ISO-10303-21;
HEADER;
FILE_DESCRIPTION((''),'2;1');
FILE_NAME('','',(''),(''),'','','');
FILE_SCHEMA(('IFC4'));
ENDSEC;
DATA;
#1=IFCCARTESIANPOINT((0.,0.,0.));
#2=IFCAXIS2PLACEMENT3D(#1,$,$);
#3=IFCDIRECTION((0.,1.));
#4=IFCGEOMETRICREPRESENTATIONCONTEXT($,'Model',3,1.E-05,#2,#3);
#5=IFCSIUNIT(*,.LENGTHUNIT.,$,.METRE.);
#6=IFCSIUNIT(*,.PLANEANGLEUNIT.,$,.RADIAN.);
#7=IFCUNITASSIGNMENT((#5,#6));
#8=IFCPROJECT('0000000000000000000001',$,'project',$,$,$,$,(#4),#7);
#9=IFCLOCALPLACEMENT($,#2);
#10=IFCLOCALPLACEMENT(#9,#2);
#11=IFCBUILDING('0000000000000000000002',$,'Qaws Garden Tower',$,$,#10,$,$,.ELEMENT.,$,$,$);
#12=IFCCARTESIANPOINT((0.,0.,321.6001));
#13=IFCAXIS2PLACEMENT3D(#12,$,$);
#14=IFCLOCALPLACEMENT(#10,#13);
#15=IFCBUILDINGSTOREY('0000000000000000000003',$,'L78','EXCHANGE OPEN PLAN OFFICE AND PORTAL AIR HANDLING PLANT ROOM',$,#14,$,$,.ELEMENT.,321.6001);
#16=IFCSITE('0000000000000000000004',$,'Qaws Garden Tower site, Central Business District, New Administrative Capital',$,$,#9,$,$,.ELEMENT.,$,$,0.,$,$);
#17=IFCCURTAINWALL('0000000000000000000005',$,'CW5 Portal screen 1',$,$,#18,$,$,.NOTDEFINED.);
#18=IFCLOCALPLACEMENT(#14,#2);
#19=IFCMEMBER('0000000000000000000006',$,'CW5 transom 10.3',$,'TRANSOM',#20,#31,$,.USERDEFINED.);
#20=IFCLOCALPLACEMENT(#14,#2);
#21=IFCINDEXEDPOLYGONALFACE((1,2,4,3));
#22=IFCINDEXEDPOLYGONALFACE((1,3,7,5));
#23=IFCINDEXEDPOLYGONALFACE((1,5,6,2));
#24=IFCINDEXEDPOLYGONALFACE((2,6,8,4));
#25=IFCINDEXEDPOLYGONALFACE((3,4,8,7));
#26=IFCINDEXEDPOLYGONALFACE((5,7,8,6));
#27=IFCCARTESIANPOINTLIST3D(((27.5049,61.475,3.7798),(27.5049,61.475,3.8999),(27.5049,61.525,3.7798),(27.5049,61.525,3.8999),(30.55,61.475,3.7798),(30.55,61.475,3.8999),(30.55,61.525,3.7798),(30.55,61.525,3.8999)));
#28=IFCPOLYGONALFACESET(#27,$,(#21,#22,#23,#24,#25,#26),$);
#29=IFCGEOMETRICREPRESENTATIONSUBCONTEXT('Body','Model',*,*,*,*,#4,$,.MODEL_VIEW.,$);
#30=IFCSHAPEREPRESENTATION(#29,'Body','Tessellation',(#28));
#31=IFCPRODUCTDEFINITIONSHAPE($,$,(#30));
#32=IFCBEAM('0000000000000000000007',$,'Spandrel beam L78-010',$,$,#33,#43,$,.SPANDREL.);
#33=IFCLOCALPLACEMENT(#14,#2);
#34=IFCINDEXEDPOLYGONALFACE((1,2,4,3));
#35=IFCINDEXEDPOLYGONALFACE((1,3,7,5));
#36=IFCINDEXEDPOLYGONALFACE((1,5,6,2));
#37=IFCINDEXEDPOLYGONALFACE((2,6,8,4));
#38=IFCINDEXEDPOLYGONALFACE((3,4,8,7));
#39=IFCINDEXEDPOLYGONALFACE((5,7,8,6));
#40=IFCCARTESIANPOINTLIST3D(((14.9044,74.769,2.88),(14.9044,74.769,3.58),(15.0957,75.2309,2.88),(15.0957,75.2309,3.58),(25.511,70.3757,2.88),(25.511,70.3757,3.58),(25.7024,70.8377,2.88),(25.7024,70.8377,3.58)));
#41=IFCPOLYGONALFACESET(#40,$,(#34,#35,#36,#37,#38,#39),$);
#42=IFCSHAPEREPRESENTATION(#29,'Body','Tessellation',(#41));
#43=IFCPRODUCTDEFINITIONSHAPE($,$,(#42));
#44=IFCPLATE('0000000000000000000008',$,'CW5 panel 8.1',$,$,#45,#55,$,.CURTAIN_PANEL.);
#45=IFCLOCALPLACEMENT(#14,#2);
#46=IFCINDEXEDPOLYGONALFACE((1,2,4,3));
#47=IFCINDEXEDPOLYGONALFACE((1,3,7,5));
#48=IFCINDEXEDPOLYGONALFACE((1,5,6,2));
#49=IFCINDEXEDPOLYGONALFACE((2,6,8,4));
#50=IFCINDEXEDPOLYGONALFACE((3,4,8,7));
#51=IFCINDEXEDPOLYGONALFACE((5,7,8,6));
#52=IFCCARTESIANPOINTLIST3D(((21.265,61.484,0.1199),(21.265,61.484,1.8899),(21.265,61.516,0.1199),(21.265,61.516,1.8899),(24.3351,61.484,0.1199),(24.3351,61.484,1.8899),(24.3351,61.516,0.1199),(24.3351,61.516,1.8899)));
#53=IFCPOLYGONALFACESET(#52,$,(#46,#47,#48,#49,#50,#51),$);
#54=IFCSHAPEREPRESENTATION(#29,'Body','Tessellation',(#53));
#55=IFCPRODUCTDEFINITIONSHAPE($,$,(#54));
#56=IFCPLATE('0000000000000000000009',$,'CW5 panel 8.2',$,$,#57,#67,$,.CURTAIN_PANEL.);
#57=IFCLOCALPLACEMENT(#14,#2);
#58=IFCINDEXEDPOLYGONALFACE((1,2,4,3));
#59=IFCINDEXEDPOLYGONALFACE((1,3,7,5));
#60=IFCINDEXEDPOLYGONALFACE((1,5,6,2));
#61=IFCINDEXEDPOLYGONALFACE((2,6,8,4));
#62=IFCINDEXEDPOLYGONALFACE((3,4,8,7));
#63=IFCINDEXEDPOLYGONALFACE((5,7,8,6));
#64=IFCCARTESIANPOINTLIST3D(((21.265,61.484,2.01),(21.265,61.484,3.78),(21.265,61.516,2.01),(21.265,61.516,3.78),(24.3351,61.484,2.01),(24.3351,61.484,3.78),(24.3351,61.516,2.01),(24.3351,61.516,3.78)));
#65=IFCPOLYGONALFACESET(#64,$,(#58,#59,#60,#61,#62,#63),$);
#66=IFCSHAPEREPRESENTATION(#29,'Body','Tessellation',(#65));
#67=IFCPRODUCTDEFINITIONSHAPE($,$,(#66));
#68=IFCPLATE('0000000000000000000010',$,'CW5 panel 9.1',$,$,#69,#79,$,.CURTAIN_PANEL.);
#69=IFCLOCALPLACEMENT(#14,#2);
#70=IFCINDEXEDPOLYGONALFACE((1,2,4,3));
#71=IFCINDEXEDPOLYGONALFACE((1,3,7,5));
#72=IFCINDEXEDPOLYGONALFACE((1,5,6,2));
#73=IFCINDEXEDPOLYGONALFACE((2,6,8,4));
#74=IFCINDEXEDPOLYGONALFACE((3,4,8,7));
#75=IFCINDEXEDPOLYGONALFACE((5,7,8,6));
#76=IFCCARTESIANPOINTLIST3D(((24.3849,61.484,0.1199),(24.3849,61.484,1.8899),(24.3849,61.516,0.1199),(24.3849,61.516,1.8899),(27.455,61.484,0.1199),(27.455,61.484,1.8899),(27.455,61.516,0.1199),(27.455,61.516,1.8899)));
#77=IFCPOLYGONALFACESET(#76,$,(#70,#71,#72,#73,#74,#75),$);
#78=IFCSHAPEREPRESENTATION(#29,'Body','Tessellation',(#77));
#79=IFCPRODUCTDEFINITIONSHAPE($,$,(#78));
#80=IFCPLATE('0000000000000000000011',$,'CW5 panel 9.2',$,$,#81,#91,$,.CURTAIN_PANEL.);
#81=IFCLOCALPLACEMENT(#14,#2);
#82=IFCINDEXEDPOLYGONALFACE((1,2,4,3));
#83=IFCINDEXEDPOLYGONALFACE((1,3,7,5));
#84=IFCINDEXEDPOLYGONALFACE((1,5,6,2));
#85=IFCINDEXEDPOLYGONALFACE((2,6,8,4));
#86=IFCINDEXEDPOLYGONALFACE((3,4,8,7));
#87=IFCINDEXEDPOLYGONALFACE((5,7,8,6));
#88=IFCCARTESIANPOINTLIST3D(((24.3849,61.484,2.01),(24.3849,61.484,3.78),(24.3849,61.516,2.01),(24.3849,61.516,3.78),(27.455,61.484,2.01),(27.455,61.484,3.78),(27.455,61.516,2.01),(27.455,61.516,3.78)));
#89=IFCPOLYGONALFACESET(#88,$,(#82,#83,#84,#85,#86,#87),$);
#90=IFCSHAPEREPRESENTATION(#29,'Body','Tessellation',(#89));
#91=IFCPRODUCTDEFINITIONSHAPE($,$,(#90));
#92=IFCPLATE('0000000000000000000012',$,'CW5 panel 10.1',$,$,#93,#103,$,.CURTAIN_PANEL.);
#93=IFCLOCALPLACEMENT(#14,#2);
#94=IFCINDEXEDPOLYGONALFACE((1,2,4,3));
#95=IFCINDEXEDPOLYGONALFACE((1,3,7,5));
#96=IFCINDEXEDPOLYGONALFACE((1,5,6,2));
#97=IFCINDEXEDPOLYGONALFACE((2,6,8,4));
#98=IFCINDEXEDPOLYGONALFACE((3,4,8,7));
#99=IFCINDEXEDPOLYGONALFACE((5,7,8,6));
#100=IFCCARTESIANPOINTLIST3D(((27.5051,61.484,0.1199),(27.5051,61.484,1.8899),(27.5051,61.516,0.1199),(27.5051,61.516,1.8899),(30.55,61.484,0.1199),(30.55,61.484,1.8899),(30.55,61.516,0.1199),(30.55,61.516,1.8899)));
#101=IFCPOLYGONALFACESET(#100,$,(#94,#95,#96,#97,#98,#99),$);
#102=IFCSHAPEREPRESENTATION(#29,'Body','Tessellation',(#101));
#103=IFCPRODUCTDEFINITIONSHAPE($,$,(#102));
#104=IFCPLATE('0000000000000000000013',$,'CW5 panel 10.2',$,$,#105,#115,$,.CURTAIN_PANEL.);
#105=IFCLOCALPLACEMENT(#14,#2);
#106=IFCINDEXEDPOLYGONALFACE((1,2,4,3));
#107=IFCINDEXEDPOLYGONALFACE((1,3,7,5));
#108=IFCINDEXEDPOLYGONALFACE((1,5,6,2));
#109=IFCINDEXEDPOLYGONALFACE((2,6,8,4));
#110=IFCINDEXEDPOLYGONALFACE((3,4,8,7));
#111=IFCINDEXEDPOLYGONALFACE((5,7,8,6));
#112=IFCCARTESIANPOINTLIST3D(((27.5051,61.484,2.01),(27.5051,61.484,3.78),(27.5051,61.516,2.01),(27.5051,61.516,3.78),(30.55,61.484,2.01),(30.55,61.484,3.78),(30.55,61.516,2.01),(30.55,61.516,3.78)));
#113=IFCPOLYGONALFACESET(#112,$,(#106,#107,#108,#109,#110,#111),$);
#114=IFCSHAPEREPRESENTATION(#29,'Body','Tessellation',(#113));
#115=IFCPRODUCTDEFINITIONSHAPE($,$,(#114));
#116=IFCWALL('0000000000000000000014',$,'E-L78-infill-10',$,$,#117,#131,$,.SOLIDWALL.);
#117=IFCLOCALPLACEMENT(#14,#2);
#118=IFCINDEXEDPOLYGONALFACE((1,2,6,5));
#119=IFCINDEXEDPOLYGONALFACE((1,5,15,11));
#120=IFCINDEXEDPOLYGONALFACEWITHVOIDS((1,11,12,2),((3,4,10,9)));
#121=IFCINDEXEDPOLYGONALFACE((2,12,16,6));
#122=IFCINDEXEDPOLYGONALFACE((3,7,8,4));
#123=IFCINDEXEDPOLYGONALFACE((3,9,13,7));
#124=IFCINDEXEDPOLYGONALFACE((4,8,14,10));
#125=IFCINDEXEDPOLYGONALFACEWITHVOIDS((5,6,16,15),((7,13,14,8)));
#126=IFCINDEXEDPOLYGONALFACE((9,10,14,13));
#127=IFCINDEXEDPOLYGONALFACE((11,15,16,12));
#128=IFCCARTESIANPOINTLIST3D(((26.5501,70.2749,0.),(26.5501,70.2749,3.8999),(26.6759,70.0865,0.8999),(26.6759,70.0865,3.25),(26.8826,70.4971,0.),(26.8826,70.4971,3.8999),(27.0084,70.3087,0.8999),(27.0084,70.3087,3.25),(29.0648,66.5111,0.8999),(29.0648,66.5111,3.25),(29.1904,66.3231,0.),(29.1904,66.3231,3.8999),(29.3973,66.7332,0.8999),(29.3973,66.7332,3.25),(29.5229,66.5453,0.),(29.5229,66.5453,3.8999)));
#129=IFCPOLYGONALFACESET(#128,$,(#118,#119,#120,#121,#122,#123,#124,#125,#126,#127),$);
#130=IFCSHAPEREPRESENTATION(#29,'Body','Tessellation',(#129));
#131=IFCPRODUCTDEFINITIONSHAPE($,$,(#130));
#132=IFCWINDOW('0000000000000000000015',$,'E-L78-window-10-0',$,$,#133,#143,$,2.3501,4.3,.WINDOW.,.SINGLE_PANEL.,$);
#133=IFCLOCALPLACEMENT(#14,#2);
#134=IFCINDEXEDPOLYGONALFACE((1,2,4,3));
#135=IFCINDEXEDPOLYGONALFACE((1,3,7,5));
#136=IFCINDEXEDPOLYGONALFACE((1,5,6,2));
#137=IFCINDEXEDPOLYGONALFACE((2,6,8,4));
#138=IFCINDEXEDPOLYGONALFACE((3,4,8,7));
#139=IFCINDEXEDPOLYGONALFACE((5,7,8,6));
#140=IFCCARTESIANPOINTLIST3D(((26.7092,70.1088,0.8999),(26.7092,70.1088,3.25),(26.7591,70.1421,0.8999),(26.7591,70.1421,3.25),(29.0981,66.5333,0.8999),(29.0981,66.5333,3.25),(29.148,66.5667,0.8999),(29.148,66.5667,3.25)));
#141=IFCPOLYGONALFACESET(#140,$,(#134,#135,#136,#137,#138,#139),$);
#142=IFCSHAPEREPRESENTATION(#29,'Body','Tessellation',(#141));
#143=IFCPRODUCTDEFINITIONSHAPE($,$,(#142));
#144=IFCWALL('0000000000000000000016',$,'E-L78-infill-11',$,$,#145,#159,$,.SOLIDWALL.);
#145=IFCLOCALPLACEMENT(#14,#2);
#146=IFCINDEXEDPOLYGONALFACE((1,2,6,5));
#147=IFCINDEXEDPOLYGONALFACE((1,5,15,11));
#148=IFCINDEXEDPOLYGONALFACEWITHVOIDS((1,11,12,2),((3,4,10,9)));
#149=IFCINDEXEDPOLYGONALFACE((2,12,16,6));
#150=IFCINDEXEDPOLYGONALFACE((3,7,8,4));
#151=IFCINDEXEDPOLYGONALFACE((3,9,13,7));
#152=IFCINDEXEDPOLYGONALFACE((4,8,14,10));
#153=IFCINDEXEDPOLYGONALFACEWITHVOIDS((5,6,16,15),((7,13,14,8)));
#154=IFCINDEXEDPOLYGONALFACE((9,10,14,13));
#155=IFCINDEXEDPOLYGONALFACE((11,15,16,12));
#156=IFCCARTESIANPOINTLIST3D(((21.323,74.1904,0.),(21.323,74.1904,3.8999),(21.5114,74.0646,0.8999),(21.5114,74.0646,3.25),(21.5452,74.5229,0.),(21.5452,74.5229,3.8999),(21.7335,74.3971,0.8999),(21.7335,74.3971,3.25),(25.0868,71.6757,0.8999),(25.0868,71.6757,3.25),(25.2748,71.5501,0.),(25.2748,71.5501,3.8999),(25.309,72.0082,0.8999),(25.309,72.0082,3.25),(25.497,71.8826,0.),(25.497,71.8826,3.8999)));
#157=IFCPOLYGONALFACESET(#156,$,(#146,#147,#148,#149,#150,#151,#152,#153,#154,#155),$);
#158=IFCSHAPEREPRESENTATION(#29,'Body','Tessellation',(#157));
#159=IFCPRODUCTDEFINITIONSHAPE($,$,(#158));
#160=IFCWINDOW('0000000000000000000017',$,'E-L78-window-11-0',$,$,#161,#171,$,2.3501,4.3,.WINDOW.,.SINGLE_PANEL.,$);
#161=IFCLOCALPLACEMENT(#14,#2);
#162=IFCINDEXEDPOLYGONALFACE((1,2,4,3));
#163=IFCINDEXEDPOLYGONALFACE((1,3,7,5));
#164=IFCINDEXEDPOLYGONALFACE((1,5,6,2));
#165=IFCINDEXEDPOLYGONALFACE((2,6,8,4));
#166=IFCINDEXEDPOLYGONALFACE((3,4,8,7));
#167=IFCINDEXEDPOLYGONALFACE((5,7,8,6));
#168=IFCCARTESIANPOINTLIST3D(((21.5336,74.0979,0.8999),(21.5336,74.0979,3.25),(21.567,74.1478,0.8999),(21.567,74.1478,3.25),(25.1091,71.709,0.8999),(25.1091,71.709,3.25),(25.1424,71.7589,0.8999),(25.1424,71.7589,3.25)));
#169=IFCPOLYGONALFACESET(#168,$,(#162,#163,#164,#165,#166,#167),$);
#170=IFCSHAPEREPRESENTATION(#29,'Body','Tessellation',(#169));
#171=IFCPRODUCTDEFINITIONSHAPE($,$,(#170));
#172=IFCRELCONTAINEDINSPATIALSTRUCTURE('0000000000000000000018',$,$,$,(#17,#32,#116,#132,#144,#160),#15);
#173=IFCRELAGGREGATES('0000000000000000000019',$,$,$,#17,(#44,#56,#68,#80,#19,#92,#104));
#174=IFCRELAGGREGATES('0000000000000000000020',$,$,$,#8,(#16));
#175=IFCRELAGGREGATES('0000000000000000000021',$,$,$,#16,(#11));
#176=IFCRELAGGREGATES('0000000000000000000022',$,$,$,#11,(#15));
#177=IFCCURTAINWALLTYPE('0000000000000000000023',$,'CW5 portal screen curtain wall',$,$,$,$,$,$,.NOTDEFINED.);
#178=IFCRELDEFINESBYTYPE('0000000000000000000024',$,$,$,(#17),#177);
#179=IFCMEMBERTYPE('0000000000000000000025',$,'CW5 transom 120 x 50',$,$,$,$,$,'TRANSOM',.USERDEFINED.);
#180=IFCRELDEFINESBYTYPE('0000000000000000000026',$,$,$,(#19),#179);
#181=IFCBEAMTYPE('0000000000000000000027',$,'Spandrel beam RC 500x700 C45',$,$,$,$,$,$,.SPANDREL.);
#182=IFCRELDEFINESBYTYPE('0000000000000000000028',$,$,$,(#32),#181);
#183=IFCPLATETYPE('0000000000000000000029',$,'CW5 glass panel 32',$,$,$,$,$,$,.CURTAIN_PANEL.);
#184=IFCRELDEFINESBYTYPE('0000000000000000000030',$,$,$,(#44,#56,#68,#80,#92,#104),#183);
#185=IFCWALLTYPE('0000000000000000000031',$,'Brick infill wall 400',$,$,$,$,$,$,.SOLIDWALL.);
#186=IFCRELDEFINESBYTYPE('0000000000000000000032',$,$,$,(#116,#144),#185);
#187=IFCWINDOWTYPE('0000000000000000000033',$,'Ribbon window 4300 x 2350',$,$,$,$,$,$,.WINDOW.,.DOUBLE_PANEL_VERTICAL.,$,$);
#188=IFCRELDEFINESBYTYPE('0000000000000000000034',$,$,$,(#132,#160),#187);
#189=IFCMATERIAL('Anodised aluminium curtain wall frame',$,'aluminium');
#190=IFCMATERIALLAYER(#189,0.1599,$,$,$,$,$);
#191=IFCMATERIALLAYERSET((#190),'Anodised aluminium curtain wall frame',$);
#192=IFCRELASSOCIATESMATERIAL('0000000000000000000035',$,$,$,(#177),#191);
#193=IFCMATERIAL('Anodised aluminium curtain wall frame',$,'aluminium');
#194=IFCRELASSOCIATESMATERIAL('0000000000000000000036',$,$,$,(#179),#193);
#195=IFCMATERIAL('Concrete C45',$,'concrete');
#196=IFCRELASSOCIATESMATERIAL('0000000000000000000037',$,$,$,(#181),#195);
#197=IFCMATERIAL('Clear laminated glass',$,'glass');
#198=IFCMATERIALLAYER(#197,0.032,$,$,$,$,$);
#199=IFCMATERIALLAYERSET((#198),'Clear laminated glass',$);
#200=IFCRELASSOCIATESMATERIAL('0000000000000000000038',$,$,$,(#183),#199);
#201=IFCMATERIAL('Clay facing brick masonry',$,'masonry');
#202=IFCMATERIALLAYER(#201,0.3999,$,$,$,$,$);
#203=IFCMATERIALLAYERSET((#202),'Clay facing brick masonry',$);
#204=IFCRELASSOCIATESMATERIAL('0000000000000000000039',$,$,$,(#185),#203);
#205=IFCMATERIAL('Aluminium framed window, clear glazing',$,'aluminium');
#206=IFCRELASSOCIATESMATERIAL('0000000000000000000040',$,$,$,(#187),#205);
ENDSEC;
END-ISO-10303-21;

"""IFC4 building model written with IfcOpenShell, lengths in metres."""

from ifc_helpers import new_model, si_unit, direction, frame, frame_2d, origin, origin_2d, place, context, subcontext, project, spatial, rectangle, extrude, material, layer, layer_set, material_profile, profile_set, type_object, element, fill, aggregate, save


model = new_model("IFC4")

# Units and contexts
model_context = context("Model", 3, precision=1e-05, world=origin(), true_north=direction((0.0, 1.0)))
body_context = subcontext(model_context, "Body", "Model", "MODEL_VIEW")
ifc_project = project(units=[si_unit("LENGTHUNIT", "METRE"), si_unit("PLANEANGLEUNIT", "RADIAN")], contexts=[model_context])

# Site, building, storey
site_placement = place(None, origin())
site = spatial("IfcSite", under=ifc_project, at=site_placement, Name="Qaws Garden Tower site, Central Business District, New Administrative Capital", CompositionType="ELEMENT", RefElevation=0.0)
building_placement = place(site_placement, origin())
building = spatial("IfcBuilding", under=site, at=building_placement, Name="Qaws Garden Tower", CompositionType="ELEMENT")
storey_placement = place(building_placement, frame((0.0, 0.0, 321.6001)))
storey = spatial("IfcBuildingStorey", under=building, at=storey_placement, Name="L78", Description="EXCHANGE OPEN PLAN OFFICE AND PORTAL AIR HANDLING PLANT ROOM", CompositionType="ELEMENT", Elevation=321.6001)

# Curtain wall, member
ifc_material_1 = material(Name="Anodised aluminium curtain wall frame", Category="aluminium")
ifc_layer_1 = layer(ifc_material_1, 0.1599)
ifc_layer_set_1 = layer_set([ifc_layer_1], Name="Anodised aluminium curtain wall frame")
curtain_wall_type = type_object("IfcCurtainWallType", Name="CW5 portal screen curtain wall", PredefinedType="NOTDEFINED", material=ifc_layer_set_1)
curtain_wall_placement = place(storey_placement, origin())
curtain_wall = element("IfcCurtainWall", 1, at=curtain_wall_placement, inside=storey, type_object=curtain_wall_type, Name="CW5 Portal screen 1", PredefinedType="NOTDEFINED")
ifc_material_2 = material(Name="Anodised aluminium curtain wall frame", Category="aluminium")
ifc_material_profile_1 = material_profile(ifc_material_2, rectangle(XDim=0.05, YDim=0.1201, at=origin_2d()), Name="AL 50x120")
ifc_profile_set_1 = profile_set([ifc_material_profile_1], Name="Anodised aluminium curtain wall frame")
member_type_1 = type_object("IfcMemberType", Name="CW5 transom 120 x 50", ElementType="TRANSOM", PredefinedType="USERDEFINED", material=ifc_profile_set_1)
member_1_placement = place(storey_placement, frame((27.5049, 61.5, 3.8398), z_axis=(1.0, 0.0, 0.0), x_axis=(0.0, 1.0, 0.0)))
member_1 = element("IfcMember", 2, at=member_1_placement, type_object=member_type_1, Name="CW5 transom 10.3", ObjectType="TRANSOM", PredefinedType="USERDEFINED", context=body_context, shape_type="SweptSolid", body=[
    extrude(rectangle(XDim=0.05, YDim=0.1201, at=origin_2d()), origin(), (0.0, 0.0, 1.0), 3.0452),
])

# Beam
ifc_material_3 = material(Name="Concrete C45", Category="concrete")
ifc_material_profile_2 = material_profile(ifc_material_3, rectangle(XDim=0.5, YDim=0.7, at=origin_2d()), Name="RC 500x700")
ifc_profile_set_2 = profile_set([ifc_material_profile_2], Name="Concrete C45")
beam_type = type_object("IfcBeamType", Name="Spandrel beam RC 500x700 C45", PredefinedType="SPANDREL", material=ifc_profile_set_2)
beam_placement = place(storey_placement, frame((25.6067, 70.6067, 3.23), z_axis=(-0.923883, 0.382674, 0.0), x_axis=(-0.382674, -0.923883, 0.0)))
element("IfcBeam", 3, at=beam_placement, inside=storey, type_object=beam_type, Name="Spandrel beam L78-010", PredefinedType="SPANDREL", context=body_context, shape_type="SweptSolid", body=[
    extrude(rectangle(XDim=0.5, YDim=0.7, at=origin_2d()), origin(), (0.0, 0.0, 1.0), 11.4805),
])

# Plates
ifc_material_4 = material(Name="Clear laminated glass", Category="glass")
ifc_layer_2 = layer(ifc_material_4, 0.032)
ifc_layer_set_2 = layer_set([ifc_layer_2], Name="Clear laminated glass")
plate_type = type_object("IfcPlateType", Name="CW5 glass panel 32", PredefinedType="CURTAIN_PANEL", material=ifc_layer_set_2)
plate_1_placement = place(storey_placement, frame((22.8, 61.5, 0.1199), z_axis=(0.0, 0.0, 1.0), x_axis=(1.0, 0.0, 0.0)))
plate_1 = element("IfcPlate", 4, at=plate_1_placement, type_object=plate_type, Name="CW5 panel 8.1", PredefinedType="CURTAIN_PANEL", context=body_context, shape_type="SweptSolid", body=[
    extrude(rectangle(XDim=3.0701, YDim=0.032, at=origin_2d()), origin(), (0.0, 0.0, 1.0), 1.77),
])
plate_2_placement = place(storey_placement, frame((22.8, 61.5, 2.01), z_axis=(0.0, 0.0, 1.0), x_axis=(1.0, 0.0, 0.0)))
plate_2 = element("IfcPlate", 5, at=plate_2_placement, type_object=plate_type, Name="CW5 panel 8.2", PredefinedType="CURTAIN_PANEL", context=body_context, shape_type="SweptSolid", body=[
    extrude(rectangle(XDim=3.0701, YDim=0.032, at=origin_2d()), origin(), (0.0, 0.0, 1.0), 1.77),
])
plate_3_placement = place(storey_placement, frame((25.9199, 61.5, 0.1199), z_axis=(0.0, 0.0, 1.0), x_axis=(1.0, 0.0, 0.0)))
plate_3 = element("IfcPlate", 6, at=plate_3_placement, type_object=plate_type, Name="CW5 panel 9.1", PredefinedType="CURTAIN_PANEL", context=body_context, shape_type="SweptSolid", body=[
    extrude(rectangle(XDim=3.0701, YDim=0.032, at=origin_2d()), origin(), (0.0, 0.0, 1.0), 1.77),
])
plate_4_placement = place(storey_placement, frame((25.9199, 61.5, 2.01), z_axis=(0.0, 0.0, 1.0), x_axis=(1.0, 0.0, 0.0)))
plate_4 = element("IfcPlate", 7, at=plate_4_placement, type_object=plate_type, Name="CW5 panel 9.2", PredefinedType="CURTAIN_PANEL", context=body_context, shape_type="SweptSolid", body=[
    extrude(rectangle(XDim=3.0701, YDim=0.032, at=origin_2d()), origin(), (0.0, 0.0, 1.0), 1.77),
])
plate_5_placement = place(storey_placement, frame((29.0276, 61.5, 0.1199), z_axis=(0.0, 0.0, 1.0), x_axis=(1.0, 0.0, 0.0)))
plate_5 = element("IfcPlate", 8, at=plate_5_placement, type_object=plate_type, Name="CW5 panel 10.1", PredefinedType="CURTAIN_PANEL", context=body_context, shape_type="SweptSolid", body=[
    extrude(rectangle(XDim=3.0449, YDim=0.032, at=origin_2d()), origin(), (0.0, 0.0, 1.0), 1.77),
])
plate_6_placement = place(storey_placement, frame((29.0276, 61.5, 2.01), z_axis=(0.0, 0.0, 1.0), x_axis=(1.0, 0.0, 0.0)))
plate_6 = element("IfcPlate", 9, at=plate_6_placement, type_object=plate_type, Name="CW5 panel 10.2", PredefinedType="CURTAIN_PANEL", context=body_context, shape_type="SweptSolid", body=[
    extrude(rectangle(XDim=3.0449, YDim=0.032, at=origin_2d()), origin(), (0.0, 0.0, 1.0), 1.77),
])
aggregate(curtain_wall, [plate_1, plate_2, plate_3, plate_4, member_1, plate_5, plate_6])

# Walls, openings, windows
ifc_material_5 = material(Name="Clay facing brick masonry", Category="masonry")
ifc_layer_3 = layer(ifc_material_5, 0.3999)
ifc_layer_set_3 = layer_set([ifc_layer_3], Name="Clay facing brick masonry")
wall_type = type_object("IfcWallType", Name="Brick infill wall 400", PredefinedType="SOLIDWALL", material=ifc_layer_set_3)
wall_1_placement = place(storey_placement, frame((29.3567, 66.4341, 0.0), z_axis=(0.0, 0.0, 1.0), x_axis=(-0.555542, 0.831489, 0.0)))
wall_1 = element("IfcWall", 10, at=wall_1_placement, inside=storey, type_object=wall_type, Name="E-L78-infill-10", PredefinedType="SOLIDWALL", context=body_context, shape_type="SweptSolid", body=[
    extrude(rectangle(XDim=4.7527, YDim=0.3999, at=frame_2d((2.3765, 0.0))), origin(), (0.0, 0.0, 1.0), 3.8999),
])
opening_1_placement = place(wall_1_placement, frame((0.2263, 0.0, 0.8999)))
opening_1 = element("IfcOpeningElement", 11, at=opening_1_placement, cuts=wall_1, PredefinedType="OPENING", context=body_context, shape_type="SweptSolid", body=[
    extrude(rectangle(XDim=4.3, YDim=2.3501, at=frame_2d((2.1499, 1.175))), frame((0.0, 0.21, 0.0), z_axis=(0.0, -1.0, 0.0), x_axis=(1.0, 0.0, 0.0)), (0.0, 0.0, 1.0), 0.4199),
])
ifc_material_6 = material(Name="Aluminium framed window, clear glazing", Category="aluminium")
window_type = type_object("IfcWindowType", Name="Ribbon window 4300 x 2350", PartitioningType="DOUBLE_PANEL_VERTICAL", PredefinedType="WINDOW", material=ifc_material_6)
window_1_placement = place(opening_1_placement, origin())
window_1 = element("IfcWindow", 12, at=window_1_placement, inside=storey, type_object=window_type, Name="E-L78-window-10-0", OverallHeight=2.3501, OverallWidth=4.3, PartitioningType="SINGLE_PANEL", PredefinedType="WINDOW", context=body_context, shape_type="SweptSolid", body=[
    extrude(rectangle(XDim=4.3, YDim=2.3501, at=frame_2d((2.1499, 1.175))), frame((0.0, 0.1599, 0.0), z_axis=(0.0, -1.0, 0.0), x_axis=(1.0, 0.0, 0.0)), (0.0, 0.0, 1.0), 0.0601),
])
fill(opening_1, window_1)
wall_2_placement = place(storey_placement, frame((25.386, 71.7163, 0.0), z_axis=(0.0, 0.0, 1.0), x_axis=(-0.831489, 0.555542, 0.0)))
wall_2 = element("IfcWall", 13, at=wall_2_placement, inside=storey, type_object=wall_type, Name="E-L78-infill-11", PredefinedType="SOLIDWALL", context=body_context, shape_type="SweptSolid", body=[
    extrude(rectangle(XDim=4.7527, YDim=0.3999, at=frame_2d((2.3765, 0.0))), origin(), (0.0, 0.0, 1.0), 3.8999),
])
opening_2_placement = place(wall_2_placement, frame((0.2263, 0.0, 0.8999)))
opening_2 = element("IfcOpeningElement", 14, at=opening_2_placement, cuts=wall_2, PredefinedType="OPENING", context=body_context, shape_type="SweptSolid", body=[
    extrude(rectangle(XDim=4.3, YDim=2.3501, at=frame_2d((2.1499, 1.175))), frame((0.0, 0.21, 0.0), z_axis=(0.0, -1.0, 0.0), x_axis=(1.0, 0.0, 0.0)), (0.0, 0.0, 1.0), 0.4199),
])
window_2_placement = place(opening_2_placement, origin())
window_2 = element("IfcWindow", 15, at=window_2_placement, inside=storey, type_object=window_type, Name="E-L78-window-11-0", OverallHeight=2.3501, OverallWidth=4.3, PartitioningType="SINGLE_PANEL", PredefinedType="WINDOW", context=body_context, shape_type="SweptSolid", body=[
    extrude(rectangle(XDim=4.3, YDim=2.3501, at=frame_2d((2.1499, 1.175))), frame((0.0, 0.1599, 0.0), z_axis=(0.0, -1.0, 0.0), x_axis=(1.0, 0.0, 0.0)), (0.0, 0.0, 1.0), 0.0601),
])
fill(opening_2, window_2)

save(model, "model.ifc")
